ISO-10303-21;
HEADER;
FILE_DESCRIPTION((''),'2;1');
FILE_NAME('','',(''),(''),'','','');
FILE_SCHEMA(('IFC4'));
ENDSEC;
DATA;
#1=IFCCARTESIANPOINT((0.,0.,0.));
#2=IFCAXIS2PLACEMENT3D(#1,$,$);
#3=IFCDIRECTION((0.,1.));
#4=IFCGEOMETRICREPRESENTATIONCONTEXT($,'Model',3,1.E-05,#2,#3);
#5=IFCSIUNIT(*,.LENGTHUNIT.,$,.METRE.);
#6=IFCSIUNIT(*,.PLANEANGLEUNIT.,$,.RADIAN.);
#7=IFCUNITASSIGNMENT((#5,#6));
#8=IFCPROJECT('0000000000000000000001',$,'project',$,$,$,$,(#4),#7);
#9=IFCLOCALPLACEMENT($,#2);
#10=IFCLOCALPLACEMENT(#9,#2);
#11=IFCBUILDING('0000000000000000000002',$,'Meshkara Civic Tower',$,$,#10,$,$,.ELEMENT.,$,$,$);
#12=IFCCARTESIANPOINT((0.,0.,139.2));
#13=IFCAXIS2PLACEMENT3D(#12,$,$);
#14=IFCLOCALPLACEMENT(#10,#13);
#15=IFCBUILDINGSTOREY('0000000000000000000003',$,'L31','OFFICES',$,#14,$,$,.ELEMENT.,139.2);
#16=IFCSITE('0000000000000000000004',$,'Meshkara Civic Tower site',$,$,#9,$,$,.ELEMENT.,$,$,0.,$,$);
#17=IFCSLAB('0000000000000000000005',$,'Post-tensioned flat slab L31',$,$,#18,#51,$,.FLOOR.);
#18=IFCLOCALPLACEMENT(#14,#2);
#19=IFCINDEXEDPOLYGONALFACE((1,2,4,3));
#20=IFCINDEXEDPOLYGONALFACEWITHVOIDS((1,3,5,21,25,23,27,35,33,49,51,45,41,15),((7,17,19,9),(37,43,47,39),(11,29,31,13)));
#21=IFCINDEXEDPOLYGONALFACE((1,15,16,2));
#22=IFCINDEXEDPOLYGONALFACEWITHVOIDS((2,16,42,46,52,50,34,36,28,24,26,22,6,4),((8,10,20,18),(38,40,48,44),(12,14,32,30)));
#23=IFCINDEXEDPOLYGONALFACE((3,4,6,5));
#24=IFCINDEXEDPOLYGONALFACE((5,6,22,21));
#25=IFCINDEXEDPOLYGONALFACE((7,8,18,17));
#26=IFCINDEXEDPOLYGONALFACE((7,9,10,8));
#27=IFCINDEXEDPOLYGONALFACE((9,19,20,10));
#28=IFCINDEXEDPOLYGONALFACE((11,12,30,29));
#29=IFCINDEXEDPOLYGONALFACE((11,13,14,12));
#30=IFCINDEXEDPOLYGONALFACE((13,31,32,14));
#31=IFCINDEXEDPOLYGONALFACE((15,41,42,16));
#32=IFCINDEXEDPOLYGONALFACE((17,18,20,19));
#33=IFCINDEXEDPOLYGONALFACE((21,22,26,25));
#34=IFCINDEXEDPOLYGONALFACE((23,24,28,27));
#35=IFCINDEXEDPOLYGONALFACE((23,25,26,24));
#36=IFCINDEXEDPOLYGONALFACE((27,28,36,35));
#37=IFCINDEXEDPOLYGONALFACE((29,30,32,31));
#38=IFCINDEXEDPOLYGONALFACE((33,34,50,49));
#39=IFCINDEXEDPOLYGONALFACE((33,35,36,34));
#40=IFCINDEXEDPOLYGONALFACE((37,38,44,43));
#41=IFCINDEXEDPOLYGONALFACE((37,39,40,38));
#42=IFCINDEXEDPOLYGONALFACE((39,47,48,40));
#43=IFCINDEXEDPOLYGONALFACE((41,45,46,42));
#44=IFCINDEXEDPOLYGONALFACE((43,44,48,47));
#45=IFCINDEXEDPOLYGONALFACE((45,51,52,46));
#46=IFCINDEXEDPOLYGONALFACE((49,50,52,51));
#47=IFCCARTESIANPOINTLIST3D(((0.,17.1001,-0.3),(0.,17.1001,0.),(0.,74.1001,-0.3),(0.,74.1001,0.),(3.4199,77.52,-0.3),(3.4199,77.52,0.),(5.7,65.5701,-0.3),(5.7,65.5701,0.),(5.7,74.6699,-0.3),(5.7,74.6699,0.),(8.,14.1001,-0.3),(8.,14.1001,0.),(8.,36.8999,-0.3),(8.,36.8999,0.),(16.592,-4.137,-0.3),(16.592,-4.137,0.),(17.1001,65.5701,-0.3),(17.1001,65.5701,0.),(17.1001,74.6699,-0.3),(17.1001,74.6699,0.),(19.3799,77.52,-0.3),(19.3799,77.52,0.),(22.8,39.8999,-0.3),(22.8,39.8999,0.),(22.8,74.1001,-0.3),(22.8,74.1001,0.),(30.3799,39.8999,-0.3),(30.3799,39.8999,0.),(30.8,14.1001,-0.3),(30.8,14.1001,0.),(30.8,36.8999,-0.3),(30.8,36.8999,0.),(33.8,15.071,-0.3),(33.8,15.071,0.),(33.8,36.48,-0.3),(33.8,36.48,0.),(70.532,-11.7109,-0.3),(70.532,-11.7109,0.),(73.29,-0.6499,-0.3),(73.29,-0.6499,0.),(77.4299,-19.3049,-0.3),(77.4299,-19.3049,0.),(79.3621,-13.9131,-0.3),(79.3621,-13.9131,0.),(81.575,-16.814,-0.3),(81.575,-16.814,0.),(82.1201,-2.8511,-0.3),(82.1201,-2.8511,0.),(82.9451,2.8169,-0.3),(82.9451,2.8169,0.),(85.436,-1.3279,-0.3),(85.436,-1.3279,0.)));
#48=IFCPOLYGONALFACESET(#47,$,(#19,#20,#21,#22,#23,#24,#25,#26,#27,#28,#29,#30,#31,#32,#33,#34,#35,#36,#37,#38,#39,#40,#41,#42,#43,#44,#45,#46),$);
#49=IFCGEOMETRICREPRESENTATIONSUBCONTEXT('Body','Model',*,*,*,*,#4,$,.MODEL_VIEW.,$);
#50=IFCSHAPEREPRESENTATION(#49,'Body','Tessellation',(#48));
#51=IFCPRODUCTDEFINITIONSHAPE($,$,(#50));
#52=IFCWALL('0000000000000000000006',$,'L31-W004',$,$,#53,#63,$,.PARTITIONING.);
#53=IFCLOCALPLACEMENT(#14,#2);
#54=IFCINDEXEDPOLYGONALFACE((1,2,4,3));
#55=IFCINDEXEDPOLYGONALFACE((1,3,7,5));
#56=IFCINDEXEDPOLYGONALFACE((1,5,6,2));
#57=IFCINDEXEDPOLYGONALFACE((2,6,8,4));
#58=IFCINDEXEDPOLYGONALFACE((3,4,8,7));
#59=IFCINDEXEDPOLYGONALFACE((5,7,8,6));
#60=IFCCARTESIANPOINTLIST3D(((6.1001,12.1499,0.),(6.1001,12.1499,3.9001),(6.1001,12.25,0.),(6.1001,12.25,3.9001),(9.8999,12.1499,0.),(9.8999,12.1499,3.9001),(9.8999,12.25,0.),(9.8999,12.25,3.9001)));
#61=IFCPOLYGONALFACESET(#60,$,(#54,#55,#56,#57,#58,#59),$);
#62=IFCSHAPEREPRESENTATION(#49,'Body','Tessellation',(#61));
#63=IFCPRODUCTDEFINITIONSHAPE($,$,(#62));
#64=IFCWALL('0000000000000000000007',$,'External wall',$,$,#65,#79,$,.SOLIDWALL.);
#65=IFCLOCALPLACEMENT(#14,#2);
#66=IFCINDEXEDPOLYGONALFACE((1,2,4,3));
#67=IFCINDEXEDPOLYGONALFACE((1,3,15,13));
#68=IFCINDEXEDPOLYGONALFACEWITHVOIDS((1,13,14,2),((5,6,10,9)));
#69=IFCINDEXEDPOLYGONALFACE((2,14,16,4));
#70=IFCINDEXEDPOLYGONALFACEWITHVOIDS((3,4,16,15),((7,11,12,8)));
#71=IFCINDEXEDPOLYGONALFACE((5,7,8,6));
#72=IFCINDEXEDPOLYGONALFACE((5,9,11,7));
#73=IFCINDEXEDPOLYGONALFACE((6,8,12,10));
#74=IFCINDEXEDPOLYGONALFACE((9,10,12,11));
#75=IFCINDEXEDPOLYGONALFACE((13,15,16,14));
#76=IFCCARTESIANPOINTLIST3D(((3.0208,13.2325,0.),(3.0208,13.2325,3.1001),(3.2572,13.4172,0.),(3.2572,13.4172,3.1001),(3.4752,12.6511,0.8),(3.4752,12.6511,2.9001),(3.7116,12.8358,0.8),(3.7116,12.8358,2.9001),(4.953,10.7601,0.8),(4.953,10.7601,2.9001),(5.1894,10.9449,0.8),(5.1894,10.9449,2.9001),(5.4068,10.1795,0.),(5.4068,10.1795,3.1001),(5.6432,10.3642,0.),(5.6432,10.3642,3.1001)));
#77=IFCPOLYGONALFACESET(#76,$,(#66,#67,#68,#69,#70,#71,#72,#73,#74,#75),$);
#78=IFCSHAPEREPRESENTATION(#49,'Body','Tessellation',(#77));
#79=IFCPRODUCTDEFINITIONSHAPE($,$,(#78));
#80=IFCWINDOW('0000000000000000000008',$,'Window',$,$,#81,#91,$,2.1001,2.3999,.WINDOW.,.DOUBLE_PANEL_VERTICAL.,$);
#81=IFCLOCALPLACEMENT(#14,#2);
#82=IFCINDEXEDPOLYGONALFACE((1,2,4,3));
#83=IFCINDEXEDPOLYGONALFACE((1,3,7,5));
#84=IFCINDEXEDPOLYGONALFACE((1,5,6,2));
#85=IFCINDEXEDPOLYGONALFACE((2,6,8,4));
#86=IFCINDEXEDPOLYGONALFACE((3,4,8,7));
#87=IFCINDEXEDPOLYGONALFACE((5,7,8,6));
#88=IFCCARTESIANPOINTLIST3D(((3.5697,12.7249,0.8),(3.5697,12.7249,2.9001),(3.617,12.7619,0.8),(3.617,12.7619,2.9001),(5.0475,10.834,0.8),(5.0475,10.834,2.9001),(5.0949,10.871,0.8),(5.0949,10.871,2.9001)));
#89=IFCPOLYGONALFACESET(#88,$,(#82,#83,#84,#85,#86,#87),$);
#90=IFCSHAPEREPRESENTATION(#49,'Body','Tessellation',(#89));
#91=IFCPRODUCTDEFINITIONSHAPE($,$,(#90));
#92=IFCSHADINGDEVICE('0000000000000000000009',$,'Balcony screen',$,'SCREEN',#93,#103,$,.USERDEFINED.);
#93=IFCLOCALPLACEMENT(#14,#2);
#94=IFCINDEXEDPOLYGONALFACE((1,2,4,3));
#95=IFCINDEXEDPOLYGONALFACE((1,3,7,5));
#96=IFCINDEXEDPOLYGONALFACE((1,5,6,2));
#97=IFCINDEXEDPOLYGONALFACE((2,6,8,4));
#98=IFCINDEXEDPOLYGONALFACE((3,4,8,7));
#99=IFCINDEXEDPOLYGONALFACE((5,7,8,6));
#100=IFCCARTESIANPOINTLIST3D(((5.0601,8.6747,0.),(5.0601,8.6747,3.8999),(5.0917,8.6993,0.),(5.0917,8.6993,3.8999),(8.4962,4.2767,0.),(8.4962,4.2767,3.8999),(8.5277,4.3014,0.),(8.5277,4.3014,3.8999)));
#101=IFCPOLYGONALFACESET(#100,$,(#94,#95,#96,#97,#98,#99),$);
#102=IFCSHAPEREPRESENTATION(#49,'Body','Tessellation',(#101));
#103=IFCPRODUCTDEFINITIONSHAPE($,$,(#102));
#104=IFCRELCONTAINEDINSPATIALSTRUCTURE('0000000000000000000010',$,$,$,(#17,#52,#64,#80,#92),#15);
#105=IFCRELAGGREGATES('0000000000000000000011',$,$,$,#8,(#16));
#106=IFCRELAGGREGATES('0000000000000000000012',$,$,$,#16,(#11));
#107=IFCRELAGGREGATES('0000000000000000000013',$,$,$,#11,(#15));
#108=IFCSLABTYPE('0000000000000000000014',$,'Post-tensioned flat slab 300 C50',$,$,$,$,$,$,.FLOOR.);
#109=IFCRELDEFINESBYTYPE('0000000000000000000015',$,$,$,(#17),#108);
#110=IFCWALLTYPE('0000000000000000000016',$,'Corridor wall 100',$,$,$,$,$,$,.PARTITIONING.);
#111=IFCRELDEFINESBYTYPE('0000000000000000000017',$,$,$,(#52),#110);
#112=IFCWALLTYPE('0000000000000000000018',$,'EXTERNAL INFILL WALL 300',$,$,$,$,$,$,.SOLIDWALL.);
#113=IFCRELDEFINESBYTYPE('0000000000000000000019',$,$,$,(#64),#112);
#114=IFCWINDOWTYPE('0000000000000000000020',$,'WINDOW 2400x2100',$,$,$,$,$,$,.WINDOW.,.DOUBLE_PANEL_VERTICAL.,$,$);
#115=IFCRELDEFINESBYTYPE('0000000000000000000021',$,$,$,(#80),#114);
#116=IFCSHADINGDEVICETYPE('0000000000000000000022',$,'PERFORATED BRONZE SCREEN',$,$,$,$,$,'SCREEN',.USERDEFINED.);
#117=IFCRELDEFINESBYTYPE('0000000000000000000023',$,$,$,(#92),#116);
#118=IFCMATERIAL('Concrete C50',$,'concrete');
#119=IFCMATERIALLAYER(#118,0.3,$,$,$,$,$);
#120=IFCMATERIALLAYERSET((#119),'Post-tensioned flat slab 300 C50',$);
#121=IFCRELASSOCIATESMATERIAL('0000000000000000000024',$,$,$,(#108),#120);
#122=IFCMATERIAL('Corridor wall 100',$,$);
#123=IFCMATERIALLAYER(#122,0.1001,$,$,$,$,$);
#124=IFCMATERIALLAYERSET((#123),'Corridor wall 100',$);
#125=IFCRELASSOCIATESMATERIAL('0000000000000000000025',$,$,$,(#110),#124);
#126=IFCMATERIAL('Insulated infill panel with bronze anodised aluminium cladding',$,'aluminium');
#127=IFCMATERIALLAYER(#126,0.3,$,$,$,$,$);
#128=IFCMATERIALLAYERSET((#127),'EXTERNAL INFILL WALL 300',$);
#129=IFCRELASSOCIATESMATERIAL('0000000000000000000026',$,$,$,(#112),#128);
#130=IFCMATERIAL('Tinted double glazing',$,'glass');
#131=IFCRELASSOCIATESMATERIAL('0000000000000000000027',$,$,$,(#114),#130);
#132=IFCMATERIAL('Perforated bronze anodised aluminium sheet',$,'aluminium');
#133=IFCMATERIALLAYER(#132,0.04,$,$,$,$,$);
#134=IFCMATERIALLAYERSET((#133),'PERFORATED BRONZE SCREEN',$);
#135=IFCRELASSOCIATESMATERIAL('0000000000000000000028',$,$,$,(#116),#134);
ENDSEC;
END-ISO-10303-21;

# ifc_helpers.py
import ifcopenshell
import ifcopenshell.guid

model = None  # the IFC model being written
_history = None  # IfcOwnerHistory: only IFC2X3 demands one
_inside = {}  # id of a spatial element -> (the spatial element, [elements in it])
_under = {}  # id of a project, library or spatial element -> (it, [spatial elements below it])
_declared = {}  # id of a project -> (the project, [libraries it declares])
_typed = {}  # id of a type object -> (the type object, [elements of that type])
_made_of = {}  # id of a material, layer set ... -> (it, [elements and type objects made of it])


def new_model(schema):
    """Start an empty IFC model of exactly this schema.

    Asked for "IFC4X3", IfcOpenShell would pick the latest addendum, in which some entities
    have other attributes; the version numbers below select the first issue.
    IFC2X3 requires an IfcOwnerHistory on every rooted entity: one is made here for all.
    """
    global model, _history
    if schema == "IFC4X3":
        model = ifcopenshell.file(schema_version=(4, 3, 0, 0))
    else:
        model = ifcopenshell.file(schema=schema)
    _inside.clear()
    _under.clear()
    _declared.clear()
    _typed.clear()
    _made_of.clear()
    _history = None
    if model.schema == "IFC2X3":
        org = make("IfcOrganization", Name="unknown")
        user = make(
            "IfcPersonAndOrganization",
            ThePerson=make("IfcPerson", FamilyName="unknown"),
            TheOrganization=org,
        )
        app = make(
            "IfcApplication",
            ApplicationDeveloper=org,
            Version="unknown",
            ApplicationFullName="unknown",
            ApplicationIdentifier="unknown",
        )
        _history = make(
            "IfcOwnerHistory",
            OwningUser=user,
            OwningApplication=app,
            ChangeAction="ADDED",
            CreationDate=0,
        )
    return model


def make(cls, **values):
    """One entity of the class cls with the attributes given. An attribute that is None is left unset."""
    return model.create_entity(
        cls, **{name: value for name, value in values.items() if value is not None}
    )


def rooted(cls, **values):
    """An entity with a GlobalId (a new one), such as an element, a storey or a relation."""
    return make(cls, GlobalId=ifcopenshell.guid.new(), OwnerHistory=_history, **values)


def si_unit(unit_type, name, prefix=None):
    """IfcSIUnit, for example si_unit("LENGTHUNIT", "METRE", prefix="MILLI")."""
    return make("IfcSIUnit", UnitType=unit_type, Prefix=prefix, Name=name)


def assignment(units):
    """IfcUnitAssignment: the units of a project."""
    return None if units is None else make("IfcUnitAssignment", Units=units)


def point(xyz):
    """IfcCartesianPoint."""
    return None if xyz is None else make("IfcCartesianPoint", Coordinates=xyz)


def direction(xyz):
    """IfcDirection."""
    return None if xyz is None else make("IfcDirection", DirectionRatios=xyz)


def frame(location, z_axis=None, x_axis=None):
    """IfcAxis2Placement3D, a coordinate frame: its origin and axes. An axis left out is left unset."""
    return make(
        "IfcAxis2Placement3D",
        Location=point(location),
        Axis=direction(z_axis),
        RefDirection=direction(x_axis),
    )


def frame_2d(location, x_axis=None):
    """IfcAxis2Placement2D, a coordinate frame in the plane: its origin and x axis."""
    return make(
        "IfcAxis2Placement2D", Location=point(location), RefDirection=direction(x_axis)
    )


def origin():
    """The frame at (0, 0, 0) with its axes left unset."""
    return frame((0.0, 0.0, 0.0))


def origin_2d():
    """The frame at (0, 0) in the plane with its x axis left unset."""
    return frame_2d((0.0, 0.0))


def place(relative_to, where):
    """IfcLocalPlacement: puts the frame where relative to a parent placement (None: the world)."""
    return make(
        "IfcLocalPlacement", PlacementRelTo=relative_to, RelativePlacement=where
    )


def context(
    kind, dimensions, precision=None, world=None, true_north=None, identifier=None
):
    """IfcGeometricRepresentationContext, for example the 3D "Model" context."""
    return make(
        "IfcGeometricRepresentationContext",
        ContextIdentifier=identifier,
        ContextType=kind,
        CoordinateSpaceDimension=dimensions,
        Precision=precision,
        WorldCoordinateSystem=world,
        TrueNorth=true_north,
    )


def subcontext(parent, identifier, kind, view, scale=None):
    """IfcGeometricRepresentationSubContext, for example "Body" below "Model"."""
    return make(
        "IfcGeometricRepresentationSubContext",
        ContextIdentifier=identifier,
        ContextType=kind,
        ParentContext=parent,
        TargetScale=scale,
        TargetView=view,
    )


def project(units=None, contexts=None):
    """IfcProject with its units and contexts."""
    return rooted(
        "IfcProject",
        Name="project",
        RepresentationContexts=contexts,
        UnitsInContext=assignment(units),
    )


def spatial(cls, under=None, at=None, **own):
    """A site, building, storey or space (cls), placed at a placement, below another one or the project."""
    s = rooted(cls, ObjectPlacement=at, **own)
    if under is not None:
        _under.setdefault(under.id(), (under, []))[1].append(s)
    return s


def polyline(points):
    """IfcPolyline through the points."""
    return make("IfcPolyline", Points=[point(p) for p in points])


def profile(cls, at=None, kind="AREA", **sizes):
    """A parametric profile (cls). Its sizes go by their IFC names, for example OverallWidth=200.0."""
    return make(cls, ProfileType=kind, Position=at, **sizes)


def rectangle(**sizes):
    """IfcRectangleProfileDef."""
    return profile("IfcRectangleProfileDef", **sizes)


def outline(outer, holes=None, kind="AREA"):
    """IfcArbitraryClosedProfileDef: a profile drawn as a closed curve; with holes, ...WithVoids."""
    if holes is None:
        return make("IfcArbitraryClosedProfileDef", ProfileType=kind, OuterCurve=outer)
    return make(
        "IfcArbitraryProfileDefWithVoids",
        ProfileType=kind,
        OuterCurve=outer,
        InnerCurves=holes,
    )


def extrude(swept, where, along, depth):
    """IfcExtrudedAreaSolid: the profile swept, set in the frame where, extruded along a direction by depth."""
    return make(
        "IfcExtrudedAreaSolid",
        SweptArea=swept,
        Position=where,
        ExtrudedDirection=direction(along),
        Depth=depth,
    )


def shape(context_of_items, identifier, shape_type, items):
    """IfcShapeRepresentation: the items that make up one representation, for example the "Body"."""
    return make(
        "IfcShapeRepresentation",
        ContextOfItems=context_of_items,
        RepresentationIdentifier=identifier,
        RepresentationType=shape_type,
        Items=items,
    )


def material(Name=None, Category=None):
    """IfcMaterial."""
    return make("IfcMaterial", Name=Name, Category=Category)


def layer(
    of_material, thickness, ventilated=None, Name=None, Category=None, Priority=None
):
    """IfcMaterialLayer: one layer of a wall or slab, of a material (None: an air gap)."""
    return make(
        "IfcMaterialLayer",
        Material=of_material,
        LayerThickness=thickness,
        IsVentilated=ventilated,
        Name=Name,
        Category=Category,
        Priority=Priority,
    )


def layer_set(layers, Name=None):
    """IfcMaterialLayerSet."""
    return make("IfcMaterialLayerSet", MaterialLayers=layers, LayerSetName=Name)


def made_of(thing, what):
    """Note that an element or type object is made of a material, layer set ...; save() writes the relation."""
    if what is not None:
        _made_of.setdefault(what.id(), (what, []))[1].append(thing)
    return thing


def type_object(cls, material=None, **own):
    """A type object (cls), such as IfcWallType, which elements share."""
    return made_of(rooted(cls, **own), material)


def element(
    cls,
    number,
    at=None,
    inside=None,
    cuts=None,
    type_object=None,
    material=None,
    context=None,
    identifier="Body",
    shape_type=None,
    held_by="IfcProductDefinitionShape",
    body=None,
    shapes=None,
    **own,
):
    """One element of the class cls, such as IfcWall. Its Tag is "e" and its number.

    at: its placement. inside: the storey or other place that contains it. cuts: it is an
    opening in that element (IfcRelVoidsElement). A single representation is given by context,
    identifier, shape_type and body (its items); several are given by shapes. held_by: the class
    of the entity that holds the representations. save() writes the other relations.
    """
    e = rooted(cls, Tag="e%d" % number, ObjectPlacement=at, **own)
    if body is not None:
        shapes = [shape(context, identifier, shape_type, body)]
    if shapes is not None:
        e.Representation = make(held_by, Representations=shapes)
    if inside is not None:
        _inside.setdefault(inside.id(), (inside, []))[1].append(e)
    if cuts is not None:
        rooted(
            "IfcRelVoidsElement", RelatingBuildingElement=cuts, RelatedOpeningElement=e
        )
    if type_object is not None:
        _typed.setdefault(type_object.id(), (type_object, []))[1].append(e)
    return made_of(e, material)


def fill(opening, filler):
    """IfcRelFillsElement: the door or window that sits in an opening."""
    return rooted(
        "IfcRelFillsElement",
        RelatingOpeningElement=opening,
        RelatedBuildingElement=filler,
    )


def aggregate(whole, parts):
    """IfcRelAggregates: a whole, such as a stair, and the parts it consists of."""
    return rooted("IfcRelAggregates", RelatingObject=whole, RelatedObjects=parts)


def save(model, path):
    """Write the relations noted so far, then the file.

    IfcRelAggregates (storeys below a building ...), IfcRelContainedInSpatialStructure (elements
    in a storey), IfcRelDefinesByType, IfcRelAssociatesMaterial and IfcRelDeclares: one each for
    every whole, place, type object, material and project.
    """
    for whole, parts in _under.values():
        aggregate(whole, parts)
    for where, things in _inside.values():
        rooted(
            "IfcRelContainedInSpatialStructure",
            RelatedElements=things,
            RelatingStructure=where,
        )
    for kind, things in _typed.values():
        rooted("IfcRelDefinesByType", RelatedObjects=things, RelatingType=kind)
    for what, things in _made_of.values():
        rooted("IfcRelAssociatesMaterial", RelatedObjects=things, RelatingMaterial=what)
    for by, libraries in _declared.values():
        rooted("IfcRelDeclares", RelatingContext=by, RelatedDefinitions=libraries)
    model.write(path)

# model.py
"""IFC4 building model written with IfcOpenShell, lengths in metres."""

from ifc_helpers import new_model, si_unit, direction, frame, frame_2d, origin, origin_2d, place, context, subcontext, project, spatial, polyline, rectangle, outline, extrude, material, layer, layer_set, type_object, element, fill, save


model = new_model("IFC4")

# Units and contexts
model_context = context("Model", 3, precision=1e-05, world=origin(), true_north=direction((0.0, 1.0)))
body_context = subcontext(model_context, "Body", "Model", "MODEL_VIEW")
ifc_project = project(units=[si_unit("LENGTHUNIT", "METRE"), si_unit("PLANEANGLEUNIT", "RADIAN")], contexts=[model_context])

# Site, building, storey
site_placement = place(None, origin())
site = spatial("IfcSite", under=ifc_project, at=site_placement, Name="Meshkara Civic Tower site", CompositionType="ELEMENT", RefElevation=0.0)
building_placement = place(site_placement, origin())
building = spatial("IfcBuilding", under=site, at=building_placement, Name="Meshkara Civic Tower", CompositionType="ELEMENT")
storey_placement = place(building_placement, frame((0.0, 0.0, 139.2)))
storey = spatial("IfcBuildingStorey", under=building, at=storey_placement, Name="L31", Description="OFFICES", CompositionType="ELEMENT", Elevation=139.2)

# Slab
ifc_material_1 = material(Name="Concrete C50", Category="concrete")
ifc_layer_1 = layer(ifc_material_1, 0.3)
ifc_layer_set_1 = layer_set([ifc_layer_1], Name="Post-tensioned flat slab 300 C50")
slab_type_1 = type_object("IfcSlabType", Name="Post-tensioned flat slab 300 C50", PredefinedType="FLOOR", material=ifc_layer_set_1)
slab_1_placement = place(storey_placement, frame((0.0, 0.0, -0.3)))
element("IfcSlab", 1, at=slab_1_placement, inside=storey, type_object=slab_type_1, Name="Post-tensioned flat slab L31", PredefinedType="FLOOR", context=body_context, shape_type="SweptSolid", body=[
    extrude(outline(polyline([(81.575, -16.814), (77.4299, -19.3049), (16.592, -4.137), (0.0, 17.1001), (0.0, 74.1001), (3.4199, 77.52), (19.3799, 77.52), (22.8, 74.1001), (22.8, 39.8999), (30.3799, 39.8999), (33.8, 36.48), (33.8, 15.071), (82.9451, 2.8169), (85.436, -1.3279), (81.575, -16.814)]), holes=[polyline([(79.3621, -13.9131), (82.1201, -2.8511), (73.29, -0.6499), (70.532, -11.7109), (79.3621, -13.9131)]), polyline([(8.0, 14.1001), (30.8, 14.1001), (30.8, 36.8999), (8.0, 36.8999), (8.0, 14.1001)]), polyline([(5.7, 74.6699), (5.7, 65.5701), (17.1001, 65.5701), (17.1001, 74.6699), (5.7, 74.6699)])]), origin(), (0.0, 0.0, 1.0), 0.3),
])

# Wall
ifc_material_2 = material(Name="Corridor wall 100")
ifc_layer_2 = layer(ifc_material_2, 0.1001)
ifc_layer_set_2 = layer_set([ifc_layer_2], Name="Corridor wall 100")
wall_type_1 = type_object("IfcWallType", Name="Corridor wall 100", PredefinedType="PARTITIONING", material=ifc_layer_set_2)
wall_1_placement = place(storey_placement, frame((6.1001, 12.2, 0.0), z_axis=(0.0, 0.0, 1.0), x_axis=(1.0, 0.0, 0.0)))
element("IfcWall", 2, at=wall_1_placement, inside=storey, type_object=wall_type_1, Name="L31-W004", PredefinedType="PARTITIONING", context=body_context, shape_type="SweptSolid", body=[
    extrude(rectangle(XDim=3.7998, YDim=0.1001, at=frame_2d((1.8999, 0.0))), origin(), (0.0, 0.0, 1.0), 3.9001),
])

# Wall, opening, window
ifc_material_3 = material(Name="Insulated infill panel with bronze anodised aluminium cladding", Category="aluminium")
ifc_layer_3 = layer(ifc_material_3, 0.3)
ifc_layer_set_3 = layer_set([ifc_layer_3], Name="EXTERNAL INFILL WALL 300")
wall_type_2 = type_object("IfcWallType", Name="EXTERNAL INFILL WALL 300", PredefinedType="SOLIDWALL", material=ifc_layer_set_3)
wall_2_placement = place(storey_placement, frame((3.1389, 13.325, 0.0), z_axis=(0.0, 0.0, 1.0), x_axis=(0.61578, -0.787918, 0.0)))
wall_2 = element("IfcWall", 3, at=wall_2_placement, inside=storey, type_object=wall_type_2, Name="External wall", PredefinedType="SOLIDWALL", context=body_context, shape_type="SweptSolid", body=[
    extrude(rectangle(XDim=3.8748, YDim=0.3, at=frame_2d((1.9375, 0.0))), origin(), (0.0, 0.0, 1.0), 3.1001),
])
opening_placement = place(wall_2_placement, frame((0.738, 0.0, 0.8)))
opening = element("IfcOpeningElement", 4, at=opening_placement, cuts=wall_2, PredefinedType="OPENING", context=body_context, shape_type="SweptSolid", body=[
    extrude(rectangle(XDim=2.3999, YDim=2.1001, at=frame_2d((1.2, 1.05))), frame((0.0, 0.1599, 0.0), z_axis=(0.0, -1.0, 0.0), x_axis=(1.0, 0.0, 0.0)), (0.0, 0.0, 1.0), 0.3201),
])
ifc_material_4 = material(Name="Tinted double glazing", Category="glass")
window_type = type_object("IfcWindowType", Name="WINDOW 2400x2100", PartitioningType="DOUBLE_PANEL_VERTICAL", PredefinedType="WINDOW", material=ifc_material_4)
window_placement = place(opening_placement, origin())
window = element("IfcWindow", 5, at=window_placement, inside=storey, type_object=window_type, Name="Window", OverallHeight=2.1001, OverallWidth=2.3999, PartitioningType="DOUBLE_PANEL_VERTICAL", PredefinedType="WINDOW", context=body_context, shape_type="SweptSolid", body=[
    extrude(rectangle(XDim=2.3999, YDim=2.1001, at=frame_2d((1.2, 1.05))), frame((0.0, 0.03, 0.0), z_axis=(0.0, -1.0, 0.0), x_axis=(1.0, 0.0, 0.0)), (0.0, 0.0, 1.0), 0.0601),
])
fill(opening, window)

# Shading device
ifc_material_5 = material(Name="Perforated bronze anodised aluminium sheet", Category="aluminium")
ifc_layer_4 = layer(ifc_material_5, 0.04)
ifc_layer_set_4 = layer_set([ifc_layer_4], Name="PERFORATED BRONZE SCREEN")
shading_device_type = type_object("IfcShadingDeviceType", Name="PERFORATED BRONZE SCREEN", ElementType="SCREEN", PredefinedType="USERDEFINED", material=ifc_layer_set_4)
shading_device_placement = place(storey_placement, frame((6.7939, 6.488, 0.0), z_axis=(0.0, 0.0, 1.0), x_axis=(0.615661, -0.788011, 0.0)))
element("IfcShadingDevice", 6, at=shading_device_placement, inside=storey, type_object=shading_device_type, Name="Balcony screen", ObjectType="SCREEN", PredefinedType="USERDEFINED", context=body_context, shape_type="SweptSolid", body=[
    extrude(rectangle(XDim=5.5811, YDim=0.04, at=origin_2d()), origin(), (0.0, 0.0, 1.0), 3.8999),
])

save(model, "model.ifc")
